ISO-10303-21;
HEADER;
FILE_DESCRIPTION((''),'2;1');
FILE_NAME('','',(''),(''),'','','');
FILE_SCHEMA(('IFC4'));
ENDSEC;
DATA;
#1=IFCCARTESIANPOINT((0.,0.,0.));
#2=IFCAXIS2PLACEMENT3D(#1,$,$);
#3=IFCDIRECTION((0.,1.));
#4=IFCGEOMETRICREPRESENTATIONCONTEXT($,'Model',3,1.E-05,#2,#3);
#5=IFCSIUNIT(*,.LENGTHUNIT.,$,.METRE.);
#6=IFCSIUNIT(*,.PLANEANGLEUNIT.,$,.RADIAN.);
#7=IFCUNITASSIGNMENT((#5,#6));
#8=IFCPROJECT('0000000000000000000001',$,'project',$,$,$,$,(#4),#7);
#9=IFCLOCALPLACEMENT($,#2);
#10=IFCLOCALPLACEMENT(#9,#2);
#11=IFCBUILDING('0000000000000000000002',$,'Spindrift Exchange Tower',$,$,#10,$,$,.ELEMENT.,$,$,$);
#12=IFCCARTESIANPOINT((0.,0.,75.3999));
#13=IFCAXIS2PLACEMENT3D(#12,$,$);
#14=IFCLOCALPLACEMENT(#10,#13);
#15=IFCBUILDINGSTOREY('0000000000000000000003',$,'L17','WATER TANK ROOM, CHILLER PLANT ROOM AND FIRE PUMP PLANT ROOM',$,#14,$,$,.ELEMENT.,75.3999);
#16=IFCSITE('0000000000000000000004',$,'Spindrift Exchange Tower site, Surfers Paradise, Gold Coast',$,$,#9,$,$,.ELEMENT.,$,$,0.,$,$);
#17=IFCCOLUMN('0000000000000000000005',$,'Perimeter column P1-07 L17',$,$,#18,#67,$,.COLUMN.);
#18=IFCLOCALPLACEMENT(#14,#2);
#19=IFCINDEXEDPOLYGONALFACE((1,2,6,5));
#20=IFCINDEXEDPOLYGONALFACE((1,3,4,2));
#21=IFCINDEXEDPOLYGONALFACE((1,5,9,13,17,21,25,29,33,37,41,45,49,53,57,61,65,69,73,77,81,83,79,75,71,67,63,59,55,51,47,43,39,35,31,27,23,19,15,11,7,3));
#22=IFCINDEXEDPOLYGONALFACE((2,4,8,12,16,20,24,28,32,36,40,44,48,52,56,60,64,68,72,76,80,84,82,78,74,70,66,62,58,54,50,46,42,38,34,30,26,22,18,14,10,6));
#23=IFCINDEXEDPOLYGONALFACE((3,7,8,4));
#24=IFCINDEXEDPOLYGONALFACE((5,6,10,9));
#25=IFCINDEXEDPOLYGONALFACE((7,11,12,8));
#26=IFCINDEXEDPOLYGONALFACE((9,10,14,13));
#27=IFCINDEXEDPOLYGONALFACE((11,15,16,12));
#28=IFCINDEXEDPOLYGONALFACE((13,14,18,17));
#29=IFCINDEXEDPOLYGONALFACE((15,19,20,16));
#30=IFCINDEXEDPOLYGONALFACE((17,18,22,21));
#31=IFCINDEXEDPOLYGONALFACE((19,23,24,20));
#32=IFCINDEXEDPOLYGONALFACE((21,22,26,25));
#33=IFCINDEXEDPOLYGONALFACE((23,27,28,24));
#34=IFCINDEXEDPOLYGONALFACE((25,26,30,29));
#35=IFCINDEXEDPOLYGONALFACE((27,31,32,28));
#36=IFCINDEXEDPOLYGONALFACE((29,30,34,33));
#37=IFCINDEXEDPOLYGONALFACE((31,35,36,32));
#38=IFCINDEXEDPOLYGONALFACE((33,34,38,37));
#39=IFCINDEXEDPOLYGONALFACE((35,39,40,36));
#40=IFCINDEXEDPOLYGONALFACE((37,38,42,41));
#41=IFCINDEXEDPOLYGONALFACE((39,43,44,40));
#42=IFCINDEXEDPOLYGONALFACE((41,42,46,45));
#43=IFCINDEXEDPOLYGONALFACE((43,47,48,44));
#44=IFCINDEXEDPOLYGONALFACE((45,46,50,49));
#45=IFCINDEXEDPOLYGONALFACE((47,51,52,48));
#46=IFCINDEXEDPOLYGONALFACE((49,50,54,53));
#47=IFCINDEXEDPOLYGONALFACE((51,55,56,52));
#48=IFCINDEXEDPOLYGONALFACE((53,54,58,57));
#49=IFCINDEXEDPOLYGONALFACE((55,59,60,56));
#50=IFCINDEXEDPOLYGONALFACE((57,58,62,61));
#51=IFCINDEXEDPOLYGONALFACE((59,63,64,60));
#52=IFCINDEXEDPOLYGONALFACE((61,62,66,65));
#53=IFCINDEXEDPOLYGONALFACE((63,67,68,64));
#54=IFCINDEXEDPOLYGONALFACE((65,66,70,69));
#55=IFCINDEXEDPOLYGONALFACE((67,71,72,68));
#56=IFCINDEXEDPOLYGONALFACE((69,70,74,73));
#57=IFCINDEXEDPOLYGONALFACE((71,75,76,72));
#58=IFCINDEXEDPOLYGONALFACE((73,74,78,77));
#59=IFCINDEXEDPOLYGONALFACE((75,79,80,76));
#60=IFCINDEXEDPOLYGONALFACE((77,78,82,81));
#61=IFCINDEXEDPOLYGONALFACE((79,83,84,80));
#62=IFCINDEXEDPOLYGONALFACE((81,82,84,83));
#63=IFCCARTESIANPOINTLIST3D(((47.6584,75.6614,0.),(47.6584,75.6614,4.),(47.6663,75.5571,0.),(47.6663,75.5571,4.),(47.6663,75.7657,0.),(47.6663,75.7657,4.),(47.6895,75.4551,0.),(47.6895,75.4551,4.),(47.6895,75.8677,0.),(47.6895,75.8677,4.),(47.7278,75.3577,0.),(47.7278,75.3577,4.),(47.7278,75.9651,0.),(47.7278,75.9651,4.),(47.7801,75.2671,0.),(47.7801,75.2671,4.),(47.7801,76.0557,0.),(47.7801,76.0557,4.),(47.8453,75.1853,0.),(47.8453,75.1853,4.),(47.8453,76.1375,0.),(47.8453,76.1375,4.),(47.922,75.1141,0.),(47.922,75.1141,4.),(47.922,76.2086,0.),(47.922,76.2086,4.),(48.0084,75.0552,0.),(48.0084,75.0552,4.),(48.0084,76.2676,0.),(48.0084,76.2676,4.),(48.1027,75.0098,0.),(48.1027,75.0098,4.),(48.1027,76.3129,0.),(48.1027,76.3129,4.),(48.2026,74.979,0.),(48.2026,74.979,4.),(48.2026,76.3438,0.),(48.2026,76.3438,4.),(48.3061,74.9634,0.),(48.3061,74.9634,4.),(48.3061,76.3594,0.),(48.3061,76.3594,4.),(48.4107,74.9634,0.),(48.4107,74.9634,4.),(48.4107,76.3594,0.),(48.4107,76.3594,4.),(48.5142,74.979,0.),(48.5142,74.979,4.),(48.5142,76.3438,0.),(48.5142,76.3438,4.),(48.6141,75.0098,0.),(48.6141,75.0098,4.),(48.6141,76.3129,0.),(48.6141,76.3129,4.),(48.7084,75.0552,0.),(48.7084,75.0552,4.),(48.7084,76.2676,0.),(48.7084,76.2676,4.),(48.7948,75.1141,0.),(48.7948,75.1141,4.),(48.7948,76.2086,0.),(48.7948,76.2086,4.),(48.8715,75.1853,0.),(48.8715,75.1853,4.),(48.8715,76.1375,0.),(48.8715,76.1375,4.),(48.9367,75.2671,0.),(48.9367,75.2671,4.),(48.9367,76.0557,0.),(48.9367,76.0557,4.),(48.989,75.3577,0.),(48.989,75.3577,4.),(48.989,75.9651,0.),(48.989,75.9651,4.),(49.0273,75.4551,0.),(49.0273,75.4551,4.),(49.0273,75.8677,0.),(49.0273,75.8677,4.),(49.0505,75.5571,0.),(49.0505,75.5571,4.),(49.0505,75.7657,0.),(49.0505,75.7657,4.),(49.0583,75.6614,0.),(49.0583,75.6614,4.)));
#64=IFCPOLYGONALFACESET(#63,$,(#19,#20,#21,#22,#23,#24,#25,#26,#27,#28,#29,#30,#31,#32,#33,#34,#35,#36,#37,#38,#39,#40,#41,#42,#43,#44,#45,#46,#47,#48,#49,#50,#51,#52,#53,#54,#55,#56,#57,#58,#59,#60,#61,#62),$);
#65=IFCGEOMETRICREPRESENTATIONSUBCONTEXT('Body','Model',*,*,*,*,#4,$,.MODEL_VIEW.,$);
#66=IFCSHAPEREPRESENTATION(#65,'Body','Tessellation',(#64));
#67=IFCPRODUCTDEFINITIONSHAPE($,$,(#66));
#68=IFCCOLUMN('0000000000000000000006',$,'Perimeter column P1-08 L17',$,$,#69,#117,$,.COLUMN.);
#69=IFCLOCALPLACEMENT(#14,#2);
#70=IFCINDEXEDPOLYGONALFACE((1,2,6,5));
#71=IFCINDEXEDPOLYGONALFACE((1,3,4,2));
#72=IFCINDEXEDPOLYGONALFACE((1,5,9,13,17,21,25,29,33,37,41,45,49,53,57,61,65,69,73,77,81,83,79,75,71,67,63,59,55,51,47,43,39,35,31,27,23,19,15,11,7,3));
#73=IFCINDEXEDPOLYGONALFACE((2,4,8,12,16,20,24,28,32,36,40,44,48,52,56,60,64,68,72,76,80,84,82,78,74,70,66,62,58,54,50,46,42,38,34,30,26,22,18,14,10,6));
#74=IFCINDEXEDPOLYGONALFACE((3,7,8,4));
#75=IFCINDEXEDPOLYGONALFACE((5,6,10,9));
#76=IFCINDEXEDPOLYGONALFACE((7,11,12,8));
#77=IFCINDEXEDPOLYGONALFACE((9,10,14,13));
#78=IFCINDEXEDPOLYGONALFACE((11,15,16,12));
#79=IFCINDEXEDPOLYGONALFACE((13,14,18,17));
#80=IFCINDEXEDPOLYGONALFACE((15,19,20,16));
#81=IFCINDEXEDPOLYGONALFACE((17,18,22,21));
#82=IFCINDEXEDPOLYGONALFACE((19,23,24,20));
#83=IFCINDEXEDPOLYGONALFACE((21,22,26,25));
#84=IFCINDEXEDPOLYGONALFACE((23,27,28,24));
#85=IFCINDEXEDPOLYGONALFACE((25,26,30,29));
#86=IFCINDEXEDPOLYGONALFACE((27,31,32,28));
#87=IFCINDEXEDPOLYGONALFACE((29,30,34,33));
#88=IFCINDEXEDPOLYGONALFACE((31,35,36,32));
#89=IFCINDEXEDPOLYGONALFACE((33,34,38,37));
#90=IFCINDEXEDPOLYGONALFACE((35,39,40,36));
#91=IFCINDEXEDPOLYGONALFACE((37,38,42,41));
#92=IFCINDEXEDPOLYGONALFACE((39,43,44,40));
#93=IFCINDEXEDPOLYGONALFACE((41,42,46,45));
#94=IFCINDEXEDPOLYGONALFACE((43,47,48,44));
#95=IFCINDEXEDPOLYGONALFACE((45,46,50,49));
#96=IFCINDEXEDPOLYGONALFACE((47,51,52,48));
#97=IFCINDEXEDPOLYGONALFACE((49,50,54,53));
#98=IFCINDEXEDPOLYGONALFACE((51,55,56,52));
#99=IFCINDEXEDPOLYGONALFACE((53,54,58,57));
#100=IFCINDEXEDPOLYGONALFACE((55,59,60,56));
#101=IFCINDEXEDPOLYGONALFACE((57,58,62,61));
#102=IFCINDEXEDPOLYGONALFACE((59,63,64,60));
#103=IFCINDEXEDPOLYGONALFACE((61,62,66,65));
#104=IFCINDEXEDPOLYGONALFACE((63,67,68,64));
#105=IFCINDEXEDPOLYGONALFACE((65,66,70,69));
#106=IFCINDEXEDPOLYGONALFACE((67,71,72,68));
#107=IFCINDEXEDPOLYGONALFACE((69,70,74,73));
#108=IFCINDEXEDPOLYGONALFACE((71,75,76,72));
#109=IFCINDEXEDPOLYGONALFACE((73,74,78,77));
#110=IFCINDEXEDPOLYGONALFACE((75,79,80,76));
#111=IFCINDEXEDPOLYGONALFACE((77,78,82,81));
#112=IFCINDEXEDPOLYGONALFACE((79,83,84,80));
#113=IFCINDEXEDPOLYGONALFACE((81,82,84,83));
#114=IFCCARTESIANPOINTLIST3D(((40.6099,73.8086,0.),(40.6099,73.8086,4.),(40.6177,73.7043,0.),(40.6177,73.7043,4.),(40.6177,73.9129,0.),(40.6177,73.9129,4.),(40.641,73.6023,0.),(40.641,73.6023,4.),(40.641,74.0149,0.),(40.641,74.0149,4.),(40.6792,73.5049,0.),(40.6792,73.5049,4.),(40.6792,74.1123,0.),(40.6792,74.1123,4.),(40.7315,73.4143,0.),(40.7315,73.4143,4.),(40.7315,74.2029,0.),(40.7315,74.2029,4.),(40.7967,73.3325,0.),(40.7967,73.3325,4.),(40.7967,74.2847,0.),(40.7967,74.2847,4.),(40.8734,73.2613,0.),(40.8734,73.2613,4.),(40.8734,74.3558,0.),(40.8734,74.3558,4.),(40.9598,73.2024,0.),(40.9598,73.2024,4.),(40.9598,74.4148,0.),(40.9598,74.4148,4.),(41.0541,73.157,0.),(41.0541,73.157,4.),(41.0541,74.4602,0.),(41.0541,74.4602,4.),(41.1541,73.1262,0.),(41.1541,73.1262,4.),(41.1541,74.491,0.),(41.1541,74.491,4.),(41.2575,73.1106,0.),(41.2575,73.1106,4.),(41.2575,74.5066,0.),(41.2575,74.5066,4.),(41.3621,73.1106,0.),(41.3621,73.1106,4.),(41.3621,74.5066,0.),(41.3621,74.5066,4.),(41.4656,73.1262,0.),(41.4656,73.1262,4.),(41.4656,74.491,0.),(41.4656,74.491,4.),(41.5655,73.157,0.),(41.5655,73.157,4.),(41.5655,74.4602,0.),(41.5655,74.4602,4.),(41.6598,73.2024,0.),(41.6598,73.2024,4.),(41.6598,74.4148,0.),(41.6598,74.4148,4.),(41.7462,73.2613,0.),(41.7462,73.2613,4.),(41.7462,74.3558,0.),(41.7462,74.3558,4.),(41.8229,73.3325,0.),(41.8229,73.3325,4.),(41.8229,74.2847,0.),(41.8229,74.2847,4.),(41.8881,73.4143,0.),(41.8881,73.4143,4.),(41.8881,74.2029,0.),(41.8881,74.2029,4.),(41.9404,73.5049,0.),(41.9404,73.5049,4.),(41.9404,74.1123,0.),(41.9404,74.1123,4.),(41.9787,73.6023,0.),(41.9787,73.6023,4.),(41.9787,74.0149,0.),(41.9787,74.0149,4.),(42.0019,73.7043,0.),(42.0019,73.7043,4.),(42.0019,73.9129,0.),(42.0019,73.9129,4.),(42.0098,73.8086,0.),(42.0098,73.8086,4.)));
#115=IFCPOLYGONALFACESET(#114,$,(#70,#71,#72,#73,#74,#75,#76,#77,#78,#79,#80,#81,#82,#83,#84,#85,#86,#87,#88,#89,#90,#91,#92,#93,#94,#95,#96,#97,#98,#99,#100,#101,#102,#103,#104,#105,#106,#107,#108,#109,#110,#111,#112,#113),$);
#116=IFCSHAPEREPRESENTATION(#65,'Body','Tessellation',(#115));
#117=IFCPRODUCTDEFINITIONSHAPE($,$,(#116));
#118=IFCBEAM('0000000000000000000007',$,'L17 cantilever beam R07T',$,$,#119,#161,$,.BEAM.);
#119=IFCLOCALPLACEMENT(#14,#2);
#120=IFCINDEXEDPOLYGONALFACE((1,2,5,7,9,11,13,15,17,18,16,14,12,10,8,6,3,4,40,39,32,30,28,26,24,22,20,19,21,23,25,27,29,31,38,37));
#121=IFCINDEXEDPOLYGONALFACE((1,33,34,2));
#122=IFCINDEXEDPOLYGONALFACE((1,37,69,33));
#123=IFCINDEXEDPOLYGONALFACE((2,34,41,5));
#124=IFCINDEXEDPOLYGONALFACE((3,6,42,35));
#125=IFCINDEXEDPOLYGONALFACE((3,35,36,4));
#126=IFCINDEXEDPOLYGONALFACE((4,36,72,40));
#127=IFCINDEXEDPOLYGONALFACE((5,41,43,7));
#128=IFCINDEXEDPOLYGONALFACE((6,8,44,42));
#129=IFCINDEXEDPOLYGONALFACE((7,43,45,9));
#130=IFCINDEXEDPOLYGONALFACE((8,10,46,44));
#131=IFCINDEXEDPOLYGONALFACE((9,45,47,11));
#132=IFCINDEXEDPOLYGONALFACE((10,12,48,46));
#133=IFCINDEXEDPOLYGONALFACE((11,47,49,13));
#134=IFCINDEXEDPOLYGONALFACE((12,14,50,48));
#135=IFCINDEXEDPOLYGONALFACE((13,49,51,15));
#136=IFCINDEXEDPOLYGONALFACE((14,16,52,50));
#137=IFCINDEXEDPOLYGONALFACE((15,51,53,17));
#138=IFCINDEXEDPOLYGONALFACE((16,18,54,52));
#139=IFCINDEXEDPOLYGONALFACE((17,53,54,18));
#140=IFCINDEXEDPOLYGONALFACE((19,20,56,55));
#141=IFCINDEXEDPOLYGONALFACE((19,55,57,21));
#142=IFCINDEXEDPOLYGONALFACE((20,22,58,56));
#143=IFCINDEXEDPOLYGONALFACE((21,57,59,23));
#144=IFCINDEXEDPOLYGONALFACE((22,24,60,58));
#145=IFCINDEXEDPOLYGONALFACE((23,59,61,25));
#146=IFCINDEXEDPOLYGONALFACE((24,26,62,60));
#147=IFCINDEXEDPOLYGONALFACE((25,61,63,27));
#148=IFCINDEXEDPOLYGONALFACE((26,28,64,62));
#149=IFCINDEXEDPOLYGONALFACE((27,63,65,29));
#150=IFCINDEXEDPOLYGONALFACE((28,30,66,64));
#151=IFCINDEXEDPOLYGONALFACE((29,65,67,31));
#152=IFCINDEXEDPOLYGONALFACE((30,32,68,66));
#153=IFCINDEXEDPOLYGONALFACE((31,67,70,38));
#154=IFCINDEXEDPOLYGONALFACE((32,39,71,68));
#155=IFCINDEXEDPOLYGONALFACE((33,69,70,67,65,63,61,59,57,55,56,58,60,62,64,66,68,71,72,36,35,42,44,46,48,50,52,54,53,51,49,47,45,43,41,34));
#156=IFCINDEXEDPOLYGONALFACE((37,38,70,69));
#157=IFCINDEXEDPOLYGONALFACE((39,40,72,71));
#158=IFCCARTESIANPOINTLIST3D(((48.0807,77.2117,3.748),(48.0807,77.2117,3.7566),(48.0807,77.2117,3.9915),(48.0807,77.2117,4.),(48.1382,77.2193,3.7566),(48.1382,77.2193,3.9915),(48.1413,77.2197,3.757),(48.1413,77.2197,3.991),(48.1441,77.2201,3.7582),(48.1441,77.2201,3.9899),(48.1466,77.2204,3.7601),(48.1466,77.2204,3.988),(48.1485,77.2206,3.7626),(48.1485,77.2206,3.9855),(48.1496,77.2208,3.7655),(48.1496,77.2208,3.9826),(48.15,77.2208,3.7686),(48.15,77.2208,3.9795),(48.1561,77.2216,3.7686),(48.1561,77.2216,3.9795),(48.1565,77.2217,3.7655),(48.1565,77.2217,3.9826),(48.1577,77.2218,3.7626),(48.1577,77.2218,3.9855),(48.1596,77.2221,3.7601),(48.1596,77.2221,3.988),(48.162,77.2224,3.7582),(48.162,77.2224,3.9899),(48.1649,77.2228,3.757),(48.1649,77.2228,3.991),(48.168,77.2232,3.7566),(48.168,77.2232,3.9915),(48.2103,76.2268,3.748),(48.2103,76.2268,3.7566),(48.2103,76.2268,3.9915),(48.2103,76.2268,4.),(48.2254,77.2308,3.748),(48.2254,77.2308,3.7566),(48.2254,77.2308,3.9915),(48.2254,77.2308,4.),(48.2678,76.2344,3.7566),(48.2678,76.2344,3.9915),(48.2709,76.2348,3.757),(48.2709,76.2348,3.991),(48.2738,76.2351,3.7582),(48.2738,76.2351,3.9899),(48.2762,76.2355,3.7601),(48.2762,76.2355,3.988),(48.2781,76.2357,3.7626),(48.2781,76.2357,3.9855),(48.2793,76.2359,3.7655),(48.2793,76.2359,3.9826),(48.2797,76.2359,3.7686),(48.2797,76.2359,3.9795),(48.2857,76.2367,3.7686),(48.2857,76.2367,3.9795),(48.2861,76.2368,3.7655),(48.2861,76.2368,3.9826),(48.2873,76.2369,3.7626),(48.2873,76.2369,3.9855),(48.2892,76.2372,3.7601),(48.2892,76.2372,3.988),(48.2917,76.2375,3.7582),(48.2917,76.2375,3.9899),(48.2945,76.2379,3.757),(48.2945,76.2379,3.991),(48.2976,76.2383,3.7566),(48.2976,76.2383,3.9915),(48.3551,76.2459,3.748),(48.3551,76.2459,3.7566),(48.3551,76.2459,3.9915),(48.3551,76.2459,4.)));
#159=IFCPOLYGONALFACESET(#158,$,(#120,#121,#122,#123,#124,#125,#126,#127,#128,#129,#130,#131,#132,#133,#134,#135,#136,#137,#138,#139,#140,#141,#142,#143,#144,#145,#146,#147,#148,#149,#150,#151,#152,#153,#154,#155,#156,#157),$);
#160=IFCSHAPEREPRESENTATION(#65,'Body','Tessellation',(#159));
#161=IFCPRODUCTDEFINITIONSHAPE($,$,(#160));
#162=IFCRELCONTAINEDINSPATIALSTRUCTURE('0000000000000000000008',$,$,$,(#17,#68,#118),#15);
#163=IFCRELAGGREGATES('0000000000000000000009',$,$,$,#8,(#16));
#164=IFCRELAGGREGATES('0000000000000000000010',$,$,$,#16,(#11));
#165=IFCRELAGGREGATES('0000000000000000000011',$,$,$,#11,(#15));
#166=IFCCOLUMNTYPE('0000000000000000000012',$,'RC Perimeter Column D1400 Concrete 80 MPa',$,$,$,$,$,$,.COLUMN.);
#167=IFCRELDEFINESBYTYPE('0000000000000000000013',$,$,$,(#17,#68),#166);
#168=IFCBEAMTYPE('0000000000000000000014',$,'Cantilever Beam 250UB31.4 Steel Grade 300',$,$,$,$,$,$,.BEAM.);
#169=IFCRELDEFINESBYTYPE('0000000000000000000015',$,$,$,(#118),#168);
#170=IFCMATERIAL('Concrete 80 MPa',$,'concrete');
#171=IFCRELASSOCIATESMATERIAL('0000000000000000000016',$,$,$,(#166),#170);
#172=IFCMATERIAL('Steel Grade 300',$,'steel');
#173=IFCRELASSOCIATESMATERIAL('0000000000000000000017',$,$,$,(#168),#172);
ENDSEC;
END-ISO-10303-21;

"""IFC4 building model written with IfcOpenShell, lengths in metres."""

from ifc_helpers import new_model, si_unit, direction, frame, origin, origin_2d, place, context, subcontext, project, spatial, circle, i_section, extrude, source, transform, mapped, material, material_profile, profile_set, type_object, element, save


model = new_model("IFC4")

# Units and contexts
model_context = context("Model", 3, precision=1e-05, world=origin(), true_north=direction((0.0, 1.0)))
body_context = subcontext(model_context, "Body", "Model", "MODEL_VIEW")
ifc_project = project(units=[si_unit("LENGTHUNIT", "METRE"), si_unit("PLANEANGLEUNIT", "RADIAN")], contexts=[model_context])

# Site, building, storey
site_placement = place(None, origin())
site = spatial("IfcSite", under=ifc_project, at=site_placement, Name="Spindrift Exchange Tower site, Surfers Paradise, Gold Coast", CompositionType="ELEMENT", RefElevation=0.0)
building_placement = place(site_placement, origin())
building = spatial("IfcBuilding", under=site, at=building_placement, Name="Spindrift Exchange Tower", CompositionType="ELEMENT")
storey_placement = place(building_placement, frame((0.0, 0.0, 75.3999)))
storey = spatial("IfcBuildingStorey", under=building, at=storey_placement, Name="L17", Description="WATER TANK ROOM, CHILLER PLANT ROOM AND FIRE PUMP PLANT ROOM", CompositionType="ELEMENT", Elevation=75.3999)

# Columns
ifc_material_1 = material(Name="Concrete 80 MPa", Category="concrete")
ifc_material_profile_1 = material_profile(ifc_material_1, circle(Radius=0.7, at=origin_2d()), Name="RC D1400")
ifc_profile_set_1 = profile_set([ifc_material_profile_1], Name="Concrete 80 MPa")
column_type = type_object("IfcColumnType", Name="RC Perimeter Column D1400 Concrete 80 MPa", PredefinedType="COLUMN", material=ifc_profile_set_1)
shared_shape_1 = source(origin(), body_context, "Body", "SweptSolid", [
    extrude(circle(Radius=0.7, at=origin_2d()), origin(), (0.0, 0.0, 1.0), 4.0),
])
for number, where, z_axis, x_axis, name in (
    (1, (48.3584, 75.6614, 0.0), (0.0, 0.0, 1.0), (1.0, 0.0, 0.0), "Perimeter column P1-07 L17"),
    (2, (41.3098, 73.8086, 0.0), (0.0, 0.0, 1.0), (1.0, 0.0, 0.0), "Perimeter column P1-08 L17"),
):
    element("IfcColumn", number, at=place(storey_placement, frame(where, z_axis=z_axis, x_axis=x_axis)), inside=storey, type_object=column_type, Name=name, PredefinedType="COLUMN", context=body_context, shape_type="MappedRepresentation", body=[
        mapped(shared_shape_1, transform((0.0, 0.0, 0.0), scale=1.0)),
    ])

# Beam
ifc_material_2 = material(Name="Steel Grade 300", Category="steel")
ifc_material_profile_2 = material_profile(ifc_material_2, i_section(OverallWidth=0.146, OverallDepth=0.252, WebThickness=0.0061, FlangeThickness=0.0085, FilletRadius=0.012, at=origin_2d()), Name="250UB31.4")
ifc_profile_set_2 = profile_set([ifc_material_profile_2], Name="Steel Grade 300")
beam_type_1 = type_object("IfcBeamType", Name="Cantilever Beam 250UB31.4 Steel Grade 300", PredefinedType="BEAM", material=ifc_profile_set_2)
shared_shape_2 = source(origin(), body_context, "Body", "SweptSolid", [
    extrude(i_section(OverallWidth=0.146, OverallDepth=0.252, WebThickness=0.0061, FlangeThickness=0.0085, FilletRadius=0.012, at=origin_2d()), origin(), (0.0, 0.0, 1.0), 0.9934),
])
beam_1_placement = place(storey_placement, frame((48.2827, 76.2363, 3.874), z_axis=(-0.130505, 0.991448, 0.0), x_axis=(-0.991448, -0.130505, 0.0)))
element("IfcBeam", 3, at=beam_1_placement, inside=storey, type_object=beam_type_1, Name="L17 cantilever beam R07T", PredefinedType="BEAM", context=body_context, shape_type="MappedRepresentation", body=[
    mapped(shared_shape_2, transform((0.0, 0.0, 0.0), scale=1.0)),
])

save(model, "model.ifc")
